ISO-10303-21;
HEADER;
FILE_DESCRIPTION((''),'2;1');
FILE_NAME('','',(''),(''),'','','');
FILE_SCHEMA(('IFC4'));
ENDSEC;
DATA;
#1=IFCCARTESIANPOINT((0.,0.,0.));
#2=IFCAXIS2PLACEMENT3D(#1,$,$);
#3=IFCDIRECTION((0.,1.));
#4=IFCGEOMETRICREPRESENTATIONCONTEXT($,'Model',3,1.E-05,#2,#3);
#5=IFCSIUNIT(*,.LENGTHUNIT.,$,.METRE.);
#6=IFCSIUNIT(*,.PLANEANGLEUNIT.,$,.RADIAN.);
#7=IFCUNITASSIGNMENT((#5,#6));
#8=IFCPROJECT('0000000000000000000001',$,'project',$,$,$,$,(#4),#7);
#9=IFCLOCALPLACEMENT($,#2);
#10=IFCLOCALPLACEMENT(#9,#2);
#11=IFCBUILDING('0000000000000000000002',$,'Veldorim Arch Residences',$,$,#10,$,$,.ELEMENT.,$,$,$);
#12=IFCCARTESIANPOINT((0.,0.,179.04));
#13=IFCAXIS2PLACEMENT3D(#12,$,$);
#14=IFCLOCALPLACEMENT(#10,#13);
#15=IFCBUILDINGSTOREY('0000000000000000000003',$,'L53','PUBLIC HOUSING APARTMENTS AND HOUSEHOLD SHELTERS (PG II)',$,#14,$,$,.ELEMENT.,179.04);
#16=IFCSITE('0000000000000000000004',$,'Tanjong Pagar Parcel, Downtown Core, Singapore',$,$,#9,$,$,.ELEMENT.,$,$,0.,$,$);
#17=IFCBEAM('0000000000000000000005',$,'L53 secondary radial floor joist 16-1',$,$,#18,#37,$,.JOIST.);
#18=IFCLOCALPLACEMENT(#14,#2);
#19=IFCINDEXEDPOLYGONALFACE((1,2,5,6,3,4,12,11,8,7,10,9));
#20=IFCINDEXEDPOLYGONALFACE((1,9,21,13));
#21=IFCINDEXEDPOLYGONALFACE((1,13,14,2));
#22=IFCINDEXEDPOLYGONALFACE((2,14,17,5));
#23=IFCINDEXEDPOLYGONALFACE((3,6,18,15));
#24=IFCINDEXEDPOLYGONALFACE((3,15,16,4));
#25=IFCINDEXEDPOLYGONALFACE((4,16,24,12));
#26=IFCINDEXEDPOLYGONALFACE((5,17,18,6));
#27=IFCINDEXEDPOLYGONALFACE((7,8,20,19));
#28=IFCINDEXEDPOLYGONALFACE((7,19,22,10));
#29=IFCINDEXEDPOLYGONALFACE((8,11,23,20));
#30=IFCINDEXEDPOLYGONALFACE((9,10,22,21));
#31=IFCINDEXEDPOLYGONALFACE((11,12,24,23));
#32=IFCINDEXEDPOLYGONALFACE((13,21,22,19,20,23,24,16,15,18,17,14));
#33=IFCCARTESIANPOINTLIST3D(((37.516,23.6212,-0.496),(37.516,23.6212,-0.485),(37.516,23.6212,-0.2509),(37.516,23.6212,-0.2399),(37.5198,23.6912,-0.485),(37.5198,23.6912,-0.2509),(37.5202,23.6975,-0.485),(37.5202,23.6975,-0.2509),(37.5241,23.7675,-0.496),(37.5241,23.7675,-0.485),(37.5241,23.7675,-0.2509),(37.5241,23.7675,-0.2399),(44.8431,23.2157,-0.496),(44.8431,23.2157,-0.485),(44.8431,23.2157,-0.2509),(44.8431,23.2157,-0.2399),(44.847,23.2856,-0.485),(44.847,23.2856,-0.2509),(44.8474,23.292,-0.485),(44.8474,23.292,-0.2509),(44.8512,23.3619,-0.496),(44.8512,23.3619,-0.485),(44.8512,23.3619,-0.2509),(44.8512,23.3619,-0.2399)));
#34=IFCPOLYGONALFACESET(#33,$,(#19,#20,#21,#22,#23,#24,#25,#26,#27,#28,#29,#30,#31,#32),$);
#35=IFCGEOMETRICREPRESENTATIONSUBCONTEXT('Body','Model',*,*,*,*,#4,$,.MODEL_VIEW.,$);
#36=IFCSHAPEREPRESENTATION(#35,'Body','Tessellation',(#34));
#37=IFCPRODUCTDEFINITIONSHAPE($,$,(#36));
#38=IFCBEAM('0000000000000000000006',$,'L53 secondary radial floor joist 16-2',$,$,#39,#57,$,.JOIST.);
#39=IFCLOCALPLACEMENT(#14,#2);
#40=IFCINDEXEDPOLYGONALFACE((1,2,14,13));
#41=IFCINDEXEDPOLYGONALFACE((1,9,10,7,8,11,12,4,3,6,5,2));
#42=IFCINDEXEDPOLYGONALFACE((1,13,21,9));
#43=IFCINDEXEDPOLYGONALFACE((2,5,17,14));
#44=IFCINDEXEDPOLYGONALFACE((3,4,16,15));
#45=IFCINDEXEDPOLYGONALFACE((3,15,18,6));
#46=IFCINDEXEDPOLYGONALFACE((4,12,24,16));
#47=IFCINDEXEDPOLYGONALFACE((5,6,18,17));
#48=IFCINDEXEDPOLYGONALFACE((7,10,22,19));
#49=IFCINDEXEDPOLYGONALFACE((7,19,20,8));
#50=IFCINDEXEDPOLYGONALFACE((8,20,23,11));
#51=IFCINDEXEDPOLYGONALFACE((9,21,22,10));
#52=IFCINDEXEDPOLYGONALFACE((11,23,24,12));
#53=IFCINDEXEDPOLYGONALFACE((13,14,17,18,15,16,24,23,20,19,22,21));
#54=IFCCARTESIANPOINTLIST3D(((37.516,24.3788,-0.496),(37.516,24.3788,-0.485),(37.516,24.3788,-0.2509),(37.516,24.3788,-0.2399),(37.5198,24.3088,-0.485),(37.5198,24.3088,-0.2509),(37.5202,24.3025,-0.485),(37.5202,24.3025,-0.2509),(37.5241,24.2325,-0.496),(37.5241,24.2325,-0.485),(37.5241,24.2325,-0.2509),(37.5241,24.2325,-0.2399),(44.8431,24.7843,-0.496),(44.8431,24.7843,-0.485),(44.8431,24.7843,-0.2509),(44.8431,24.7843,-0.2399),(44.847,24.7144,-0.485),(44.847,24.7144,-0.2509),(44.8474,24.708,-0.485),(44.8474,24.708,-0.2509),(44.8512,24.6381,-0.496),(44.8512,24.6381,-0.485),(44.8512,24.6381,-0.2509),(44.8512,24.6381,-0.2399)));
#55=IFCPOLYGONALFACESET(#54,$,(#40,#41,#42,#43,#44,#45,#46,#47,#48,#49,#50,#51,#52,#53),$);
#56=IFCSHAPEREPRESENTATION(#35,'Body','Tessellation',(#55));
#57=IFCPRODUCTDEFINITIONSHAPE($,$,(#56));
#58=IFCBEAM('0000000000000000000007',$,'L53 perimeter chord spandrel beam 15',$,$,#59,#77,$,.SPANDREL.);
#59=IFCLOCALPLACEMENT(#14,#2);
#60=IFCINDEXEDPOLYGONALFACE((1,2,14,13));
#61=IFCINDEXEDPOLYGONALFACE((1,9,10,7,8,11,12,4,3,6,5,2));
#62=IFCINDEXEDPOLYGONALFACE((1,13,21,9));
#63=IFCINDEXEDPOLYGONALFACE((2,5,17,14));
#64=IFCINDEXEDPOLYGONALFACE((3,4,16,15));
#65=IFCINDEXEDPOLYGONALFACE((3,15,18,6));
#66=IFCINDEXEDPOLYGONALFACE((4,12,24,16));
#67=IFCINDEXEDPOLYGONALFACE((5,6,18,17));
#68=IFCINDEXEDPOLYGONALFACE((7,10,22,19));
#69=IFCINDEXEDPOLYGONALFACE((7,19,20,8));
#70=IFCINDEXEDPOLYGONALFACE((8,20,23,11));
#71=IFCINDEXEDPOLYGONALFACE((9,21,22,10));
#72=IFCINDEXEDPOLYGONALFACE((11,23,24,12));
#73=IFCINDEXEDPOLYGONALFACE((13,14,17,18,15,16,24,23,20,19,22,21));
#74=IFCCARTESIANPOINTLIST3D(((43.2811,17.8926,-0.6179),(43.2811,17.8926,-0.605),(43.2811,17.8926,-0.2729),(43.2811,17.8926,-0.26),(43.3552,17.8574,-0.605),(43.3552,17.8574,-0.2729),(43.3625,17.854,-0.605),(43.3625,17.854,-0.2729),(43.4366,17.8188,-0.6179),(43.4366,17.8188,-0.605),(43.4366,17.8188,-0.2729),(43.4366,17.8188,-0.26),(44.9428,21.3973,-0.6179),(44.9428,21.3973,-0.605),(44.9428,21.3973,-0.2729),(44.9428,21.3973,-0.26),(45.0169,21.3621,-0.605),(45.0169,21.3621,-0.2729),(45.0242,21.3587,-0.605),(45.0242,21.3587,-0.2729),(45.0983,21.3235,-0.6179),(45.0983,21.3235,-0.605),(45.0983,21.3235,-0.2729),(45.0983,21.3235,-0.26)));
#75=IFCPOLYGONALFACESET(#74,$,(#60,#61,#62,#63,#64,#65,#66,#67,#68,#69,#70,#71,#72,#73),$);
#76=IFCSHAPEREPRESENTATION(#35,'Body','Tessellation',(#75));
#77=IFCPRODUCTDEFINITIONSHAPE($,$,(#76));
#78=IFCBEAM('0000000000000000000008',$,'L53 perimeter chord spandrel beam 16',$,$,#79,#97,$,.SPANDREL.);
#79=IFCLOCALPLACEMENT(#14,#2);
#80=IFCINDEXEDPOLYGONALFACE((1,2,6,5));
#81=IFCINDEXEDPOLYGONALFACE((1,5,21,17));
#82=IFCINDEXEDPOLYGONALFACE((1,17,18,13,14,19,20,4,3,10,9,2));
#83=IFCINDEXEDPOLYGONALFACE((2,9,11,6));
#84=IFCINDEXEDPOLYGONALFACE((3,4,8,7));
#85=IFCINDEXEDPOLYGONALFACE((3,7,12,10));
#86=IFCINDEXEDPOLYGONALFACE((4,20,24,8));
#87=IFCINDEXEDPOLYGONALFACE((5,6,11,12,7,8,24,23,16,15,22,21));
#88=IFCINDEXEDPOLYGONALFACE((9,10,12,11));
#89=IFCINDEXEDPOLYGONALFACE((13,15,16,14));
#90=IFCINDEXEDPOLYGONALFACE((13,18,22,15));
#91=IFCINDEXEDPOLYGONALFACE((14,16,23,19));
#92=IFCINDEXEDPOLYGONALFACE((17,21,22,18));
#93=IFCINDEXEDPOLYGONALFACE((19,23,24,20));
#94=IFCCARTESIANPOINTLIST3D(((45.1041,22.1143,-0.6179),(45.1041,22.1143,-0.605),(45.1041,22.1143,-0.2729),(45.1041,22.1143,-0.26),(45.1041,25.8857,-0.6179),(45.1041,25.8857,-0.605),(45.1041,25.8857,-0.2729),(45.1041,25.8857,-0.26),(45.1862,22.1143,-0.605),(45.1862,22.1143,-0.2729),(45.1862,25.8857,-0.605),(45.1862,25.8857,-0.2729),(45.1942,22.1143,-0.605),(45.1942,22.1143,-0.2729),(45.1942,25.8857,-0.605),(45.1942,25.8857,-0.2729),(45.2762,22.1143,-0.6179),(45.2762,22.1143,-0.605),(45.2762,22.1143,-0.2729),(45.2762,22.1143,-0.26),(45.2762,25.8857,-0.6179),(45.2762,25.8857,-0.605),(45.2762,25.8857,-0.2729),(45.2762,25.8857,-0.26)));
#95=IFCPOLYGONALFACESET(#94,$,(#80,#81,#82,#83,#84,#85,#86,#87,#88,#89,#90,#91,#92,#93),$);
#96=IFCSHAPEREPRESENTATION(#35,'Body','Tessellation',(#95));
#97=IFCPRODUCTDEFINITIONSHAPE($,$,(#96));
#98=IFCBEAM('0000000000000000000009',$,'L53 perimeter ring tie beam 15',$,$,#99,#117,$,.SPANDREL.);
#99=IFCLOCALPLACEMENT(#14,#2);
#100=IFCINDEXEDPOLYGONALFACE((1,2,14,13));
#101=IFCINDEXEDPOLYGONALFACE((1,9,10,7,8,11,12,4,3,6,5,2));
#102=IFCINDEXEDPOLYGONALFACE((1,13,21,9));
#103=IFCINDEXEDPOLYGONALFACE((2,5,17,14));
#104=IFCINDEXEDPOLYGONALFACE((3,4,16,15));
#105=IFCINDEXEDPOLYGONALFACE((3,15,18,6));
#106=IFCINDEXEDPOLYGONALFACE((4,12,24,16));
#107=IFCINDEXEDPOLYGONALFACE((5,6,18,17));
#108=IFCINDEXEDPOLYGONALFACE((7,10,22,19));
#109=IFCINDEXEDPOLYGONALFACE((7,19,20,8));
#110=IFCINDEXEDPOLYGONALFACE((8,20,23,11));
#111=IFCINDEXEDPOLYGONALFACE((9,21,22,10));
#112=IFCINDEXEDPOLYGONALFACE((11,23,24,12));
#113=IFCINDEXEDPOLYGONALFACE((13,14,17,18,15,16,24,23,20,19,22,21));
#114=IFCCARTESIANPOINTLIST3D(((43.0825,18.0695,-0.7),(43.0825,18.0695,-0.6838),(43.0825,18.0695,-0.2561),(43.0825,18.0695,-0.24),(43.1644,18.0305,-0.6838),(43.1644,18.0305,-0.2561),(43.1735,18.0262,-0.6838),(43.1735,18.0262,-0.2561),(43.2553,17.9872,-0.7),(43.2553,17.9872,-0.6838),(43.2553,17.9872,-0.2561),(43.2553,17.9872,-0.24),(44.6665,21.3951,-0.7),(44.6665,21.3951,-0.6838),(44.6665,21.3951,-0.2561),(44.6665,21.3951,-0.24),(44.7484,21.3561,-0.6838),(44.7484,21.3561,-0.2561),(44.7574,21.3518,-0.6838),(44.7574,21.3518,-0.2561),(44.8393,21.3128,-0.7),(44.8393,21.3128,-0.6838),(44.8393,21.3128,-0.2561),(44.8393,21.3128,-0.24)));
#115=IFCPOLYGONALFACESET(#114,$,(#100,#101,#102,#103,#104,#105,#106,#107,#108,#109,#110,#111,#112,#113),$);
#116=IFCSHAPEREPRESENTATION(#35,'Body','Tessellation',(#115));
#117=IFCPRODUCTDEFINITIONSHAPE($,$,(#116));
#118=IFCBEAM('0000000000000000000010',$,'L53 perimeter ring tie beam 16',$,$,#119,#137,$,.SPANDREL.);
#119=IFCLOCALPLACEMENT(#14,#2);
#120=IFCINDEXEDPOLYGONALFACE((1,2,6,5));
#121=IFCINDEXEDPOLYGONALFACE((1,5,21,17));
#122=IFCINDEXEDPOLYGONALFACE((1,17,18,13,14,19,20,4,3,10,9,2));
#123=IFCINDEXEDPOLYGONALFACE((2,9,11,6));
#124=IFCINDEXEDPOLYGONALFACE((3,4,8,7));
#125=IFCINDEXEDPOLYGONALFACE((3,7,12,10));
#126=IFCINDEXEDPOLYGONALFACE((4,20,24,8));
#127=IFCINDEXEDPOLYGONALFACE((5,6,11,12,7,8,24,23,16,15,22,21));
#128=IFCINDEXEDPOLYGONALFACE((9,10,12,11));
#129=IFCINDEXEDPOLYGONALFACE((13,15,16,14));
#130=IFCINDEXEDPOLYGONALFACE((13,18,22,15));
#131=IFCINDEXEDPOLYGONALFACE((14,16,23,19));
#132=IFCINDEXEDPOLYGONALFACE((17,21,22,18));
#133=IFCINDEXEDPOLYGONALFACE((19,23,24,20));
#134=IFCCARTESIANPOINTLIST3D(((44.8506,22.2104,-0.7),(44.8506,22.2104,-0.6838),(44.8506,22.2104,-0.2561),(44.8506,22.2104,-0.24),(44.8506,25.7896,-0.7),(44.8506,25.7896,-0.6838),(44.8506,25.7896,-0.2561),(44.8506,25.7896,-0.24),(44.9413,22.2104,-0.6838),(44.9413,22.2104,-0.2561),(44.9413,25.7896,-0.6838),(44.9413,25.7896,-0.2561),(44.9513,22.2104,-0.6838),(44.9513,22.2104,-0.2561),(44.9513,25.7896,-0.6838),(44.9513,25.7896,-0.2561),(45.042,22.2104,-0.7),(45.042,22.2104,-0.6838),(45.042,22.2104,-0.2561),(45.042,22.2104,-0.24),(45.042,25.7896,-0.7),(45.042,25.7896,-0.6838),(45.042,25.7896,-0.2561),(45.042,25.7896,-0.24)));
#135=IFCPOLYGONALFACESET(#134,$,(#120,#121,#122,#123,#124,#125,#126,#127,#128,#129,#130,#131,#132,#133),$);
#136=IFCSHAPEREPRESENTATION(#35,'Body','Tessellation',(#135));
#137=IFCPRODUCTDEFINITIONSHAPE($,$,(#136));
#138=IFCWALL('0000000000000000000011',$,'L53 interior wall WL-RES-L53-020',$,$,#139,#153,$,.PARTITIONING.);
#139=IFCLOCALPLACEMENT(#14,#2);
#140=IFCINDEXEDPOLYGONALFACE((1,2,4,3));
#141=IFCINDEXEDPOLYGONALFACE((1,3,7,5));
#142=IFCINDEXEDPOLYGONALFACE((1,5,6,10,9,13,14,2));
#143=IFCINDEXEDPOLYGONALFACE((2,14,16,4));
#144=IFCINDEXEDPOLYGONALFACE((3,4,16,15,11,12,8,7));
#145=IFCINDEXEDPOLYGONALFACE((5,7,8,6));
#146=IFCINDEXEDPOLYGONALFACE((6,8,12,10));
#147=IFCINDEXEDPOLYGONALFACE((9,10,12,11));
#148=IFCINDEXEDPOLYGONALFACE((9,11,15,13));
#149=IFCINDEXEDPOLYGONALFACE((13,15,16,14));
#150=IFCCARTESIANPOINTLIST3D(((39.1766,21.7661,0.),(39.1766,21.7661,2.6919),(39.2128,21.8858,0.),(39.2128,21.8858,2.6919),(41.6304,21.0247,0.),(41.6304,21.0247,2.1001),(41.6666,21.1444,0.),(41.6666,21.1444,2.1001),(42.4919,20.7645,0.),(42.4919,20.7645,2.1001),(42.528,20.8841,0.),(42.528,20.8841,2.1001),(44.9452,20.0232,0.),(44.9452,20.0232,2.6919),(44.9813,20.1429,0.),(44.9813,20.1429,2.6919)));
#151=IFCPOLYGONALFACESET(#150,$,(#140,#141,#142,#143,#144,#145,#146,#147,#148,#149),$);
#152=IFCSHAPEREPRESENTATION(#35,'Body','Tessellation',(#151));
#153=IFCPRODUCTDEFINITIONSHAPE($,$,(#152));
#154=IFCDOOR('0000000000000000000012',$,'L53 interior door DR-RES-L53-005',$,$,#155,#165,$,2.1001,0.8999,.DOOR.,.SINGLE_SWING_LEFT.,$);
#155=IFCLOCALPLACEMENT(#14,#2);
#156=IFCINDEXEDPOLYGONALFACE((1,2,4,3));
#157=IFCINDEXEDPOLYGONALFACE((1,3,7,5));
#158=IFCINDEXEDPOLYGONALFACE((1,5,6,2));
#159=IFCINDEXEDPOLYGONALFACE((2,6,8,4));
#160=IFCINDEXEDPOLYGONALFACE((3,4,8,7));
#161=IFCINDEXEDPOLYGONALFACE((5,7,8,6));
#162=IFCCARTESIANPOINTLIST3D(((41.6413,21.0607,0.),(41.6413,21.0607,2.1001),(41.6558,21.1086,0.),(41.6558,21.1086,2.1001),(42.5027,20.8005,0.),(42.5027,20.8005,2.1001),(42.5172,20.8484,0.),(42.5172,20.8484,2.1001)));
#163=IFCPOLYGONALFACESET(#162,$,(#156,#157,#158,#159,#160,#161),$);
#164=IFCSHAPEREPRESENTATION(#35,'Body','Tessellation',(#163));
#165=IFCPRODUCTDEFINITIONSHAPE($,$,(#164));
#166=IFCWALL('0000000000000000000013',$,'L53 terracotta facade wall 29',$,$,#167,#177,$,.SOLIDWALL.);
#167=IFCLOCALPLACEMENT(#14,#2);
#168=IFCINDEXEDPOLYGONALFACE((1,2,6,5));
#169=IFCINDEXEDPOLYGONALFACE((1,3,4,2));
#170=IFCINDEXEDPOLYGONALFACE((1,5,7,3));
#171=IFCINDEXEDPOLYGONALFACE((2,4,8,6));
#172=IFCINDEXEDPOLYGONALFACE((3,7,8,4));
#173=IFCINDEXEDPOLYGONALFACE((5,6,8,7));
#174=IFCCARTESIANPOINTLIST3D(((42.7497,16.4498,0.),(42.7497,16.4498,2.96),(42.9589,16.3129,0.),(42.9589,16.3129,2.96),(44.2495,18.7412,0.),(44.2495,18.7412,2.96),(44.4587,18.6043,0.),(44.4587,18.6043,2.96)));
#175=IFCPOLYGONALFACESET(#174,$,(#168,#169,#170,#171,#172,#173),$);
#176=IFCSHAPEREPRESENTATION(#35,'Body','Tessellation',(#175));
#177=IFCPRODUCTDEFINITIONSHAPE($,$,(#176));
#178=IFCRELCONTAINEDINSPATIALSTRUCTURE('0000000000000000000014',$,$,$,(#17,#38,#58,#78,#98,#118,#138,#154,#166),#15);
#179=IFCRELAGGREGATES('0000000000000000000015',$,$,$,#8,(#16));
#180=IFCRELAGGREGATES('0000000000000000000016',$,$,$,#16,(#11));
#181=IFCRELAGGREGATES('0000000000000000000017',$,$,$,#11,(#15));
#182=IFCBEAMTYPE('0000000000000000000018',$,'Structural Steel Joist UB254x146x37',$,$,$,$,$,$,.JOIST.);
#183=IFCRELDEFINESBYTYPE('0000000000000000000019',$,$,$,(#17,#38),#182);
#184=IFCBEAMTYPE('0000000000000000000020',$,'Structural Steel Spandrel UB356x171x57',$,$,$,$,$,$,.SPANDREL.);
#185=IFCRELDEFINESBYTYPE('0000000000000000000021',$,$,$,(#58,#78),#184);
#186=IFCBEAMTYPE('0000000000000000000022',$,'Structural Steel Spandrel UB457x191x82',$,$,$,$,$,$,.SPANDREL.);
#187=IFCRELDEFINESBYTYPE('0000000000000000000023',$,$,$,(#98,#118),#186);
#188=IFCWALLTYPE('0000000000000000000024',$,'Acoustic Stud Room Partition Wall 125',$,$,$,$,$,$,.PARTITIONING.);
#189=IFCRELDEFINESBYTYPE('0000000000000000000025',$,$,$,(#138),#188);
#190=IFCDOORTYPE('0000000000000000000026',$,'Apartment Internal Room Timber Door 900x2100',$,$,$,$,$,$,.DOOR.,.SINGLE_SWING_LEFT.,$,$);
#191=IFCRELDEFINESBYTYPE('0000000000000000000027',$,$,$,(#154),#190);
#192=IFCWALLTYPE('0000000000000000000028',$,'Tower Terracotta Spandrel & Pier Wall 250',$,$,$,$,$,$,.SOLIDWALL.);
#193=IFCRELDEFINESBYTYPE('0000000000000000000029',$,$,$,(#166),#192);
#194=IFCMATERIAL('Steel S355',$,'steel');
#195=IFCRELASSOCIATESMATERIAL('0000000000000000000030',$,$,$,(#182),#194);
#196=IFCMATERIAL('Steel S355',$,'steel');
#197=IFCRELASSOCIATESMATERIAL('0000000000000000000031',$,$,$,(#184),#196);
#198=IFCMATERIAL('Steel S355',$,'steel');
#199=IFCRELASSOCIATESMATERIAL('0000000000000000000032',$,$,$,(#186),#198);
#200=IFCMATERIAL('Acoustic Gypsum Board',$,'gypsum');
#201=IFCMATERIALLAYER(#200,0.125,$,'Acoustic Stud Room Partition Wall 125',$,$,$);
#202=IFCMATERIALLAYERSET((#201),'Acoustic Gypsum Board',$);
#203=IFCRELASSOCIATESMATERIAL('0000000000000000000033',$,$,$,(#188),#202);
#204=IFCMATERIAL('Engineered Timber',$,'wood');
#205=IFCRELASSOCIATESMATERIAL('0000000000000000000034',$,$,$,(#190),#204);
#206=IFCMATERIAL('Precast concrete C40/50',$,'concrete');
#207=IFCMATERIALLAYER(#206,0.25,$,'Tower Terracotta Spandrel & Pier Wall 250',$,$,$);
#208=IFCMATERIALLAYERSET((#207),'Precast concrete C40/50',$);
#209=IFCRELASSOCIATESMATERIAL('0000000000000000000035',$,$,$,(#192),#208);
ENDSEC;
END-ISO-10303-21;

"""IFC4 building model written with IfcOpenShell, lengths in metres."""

from ifc_helpers import new_model, si_unit, direction, frame, frame_2d, origin, origin_2d, place, context, subcontext, project, spatial, rectangle, i_section, extrude, material, layer, layer_set, material_profile, profile_set, type_object, element, fill, save


model = new_model("IFC4")

# Units and contexts
model_context = context("Model", 3, precision=1e-05, world=origin(), true_north=direction((0.0, 1.0)))
body_context = subcontext(model_context, "Body", "Model", "MODEL_VIEW")
ifc_project = project(units=[si_unit("LENGTHUNIT", "METRE"), si_unit("PLANEANGLEUNIT", "RADIAN")], contexts=[model_context])

# Site, building, storey
site_placement = place(None, origin())
site = spatial("IfcSite", under=ifc_project, at=site_placement, Name="Tanjong Pagar Parcel, Downtown Core, Singapore", CompositionType="ELEMENT", RefElevation=0.0)
building_placement = place(site_placement, origin())
building = spatial("IfcBuilding", under=site, at=building_placement, Name="Veldorim Arch Residences", CompositionType="ELEMENT")
storey_placement = place(building_placement, frame((0.0, 0.0, 179.04)))
storey = spatial("IfcBuildingStorey", under=building, at=storey_placement, Name="L53", Description="PUBLIC HOUSING APARTMENTS AND HOUSEHOLD SHELTERS (PG II)", CompositionType="ELEMENT", Elevation=179.04)

# Beams
ifc_material_1 = material(Name="Steel S355", Category="steel")
ifc_material_profile_1 = material_profile(ifc_material_1, i_section(OverallWidth=0.1465, OverallDepth=0.2561, WebThickness=0.0063, FlangeThickness=0.011, at=origin_2d()), Name="UB254x146x37")
ifc_profile_set_1 = profile_set([ifc_material_profile_1], Name="Steel S355")
beam_type_1 = type_object("IfcBeamType", Name="Structural Steel Joist UB254x146x37", PredefinedType="JOIST", material=ifc_profile_set_1)
for number, where, z_axis, x_axis, name in (
    (1, (37.52, 23.6943, -0.3679), (0.998472, -0.05526, 0.0), (0.05526, 0.998472, 0.0), "L53 secondary radial floor joist 16-1"),
    (2, (37.52, 24.3057, -0.3679), (0.998472, 0.05526, 0.0), (-0.05526, 0.998472, 0.0), "L53 secondary radial floor joist 16-2"),
):
    element("IfcBeam", number, at=place(storey_placement, frame(where, z_axis=z_axis, x_axis=x_axis)), inside=storey, type_object=beam_type_1, Name=name, PredefinedType="JOIST", context=body_context, shape_type="SweptSolid", body=[
        extrude(i_section(OverallWidth=0.1465, OverallDepth=0.2561, WebThickness=0.0063, FlangeThickness=0.011, at=origin_2d()), origin(), (0.0, 0.0, 1.0), 7.3384),
    ])
ifc_material_2 = material(Name="Steel S355", Category="steel")
ifc_material_profile_2 = material_profile(ifc_material_2, i_section(OverallWidth=0.1721, OverallDepth=0.3579, WebThickness=0.0081, FlangeThickness=0.0129, at=origin_2d()), Name="UB356x171x57")
ifc_profile_set_2 = profile_set([ifc_material_profile_2], Name="Steel S355")
beam_type_2 = type_object("IfcBeamType", Name="Structural Steel Spandrel UB356x171x57", PredefinedType="SPANDREL", material=ifc_profile_set_2)
beam_1_placement = place(storey_placement, frame((43.3589, 17.8557, -0.439), z_axis=(0.428408, 0.903585, 0.0), x_axis=(-0.903585, 0.428408, 0.0)))
element("IfcBeam", 3, at=beam_1_placement, inside=storey, type_object=beam_type_2, Name="L53 perimeter chord spandrel beam 15", PredefinedType="SPANDREL", context=body_context, shape_type="SweptSolid", body=[
    extrude(i_section(OverallWidth=0.1721, OverallDepth=0.3579, WebThickness=0.0081, FlangeThickness=0.0129, at=origin_2d()), origin(), (0.0, 0.0, 1.0), 3.8787),
])
beam_2_placement = place(storey_placement, frame((45.1902, 22.1143, -0.439), z_axis=(0.0, 1.0, 0.0), x_axis=(-1.0, 0.0, 0.0)))
element("IfcBeam", 4, at=beam_2_placement, inside=storey, type_object=beam_type_2, Name="L53 perimeter chord spandrel beam 16", PredefinedType="SPANDREL", context=body_context, shape_type="SweptSolid", body=[
    extrude(i_section(OverallWidth=0.1721, OverallDepth=0.3579, WebThickness=0.0081, FlangeThickness=0.0129, at=origin_2d()), origin(), (0.0, 0.0, 1.0), 3.7715),
])
ifc_material_3 = material(Name="Steel S355", Category="steel")
ifc_material_profile_3 = material_profile(ifc_material_3, i_section(OverallWidth=0.1914, OverallDepth=0.46, WebThickness=0.01, FlangeThickness=0.0161, at=origin_2d()), Name="UB457x191x82")
ifc_profile_set_3 = profile_set([ifc_material_profile_3], Name="Steel S355")
beam_type_3 = type_object("IfcBeamType", Name="Structural Steel Spandrel UB457x191x82", PredefinedType="SPANDREL", material=ifc_profile_set_3)
beam_3_placement = place(storey_placement, frame((43.1689, 18.0283, -0.47), z_axis=(0.430006, 0.902826, 0.0), x_axis=(-0.902826, 0.430006, 0.0)))
element("IfcBeam", 5, at=beam_3_placement, inside=storey, type_object=beam_type_3, Name="L53 perimeter ring tie beam 15", PredefinedType="SPANDREL", context=body_context, shape_type="SweptSolid", body=[
    extrude(i_section(OverallWidth=0.1914, OverallDepth=0.46, WebThickness=0.01, FlangeThickness=0.0161, at=origin_2d()), origin(), (0.0, 0.0, 1.0), 3.6836),
])
beam_4_placement = place(storey_placement, frame((44.9463, 22.2104, -0.47), z_axis=(0.0, 1.0, 0.0), x_axis=(-1.0, 0.0, 0.0)))
element("IfcBeam", 6, at=beam_4_placement, inside=storey, type_object=beam_type_3, Name="L53 perimeter ring tie beam 16", PredefinedType="SPANDREL", context=body_context, shape_type="SweptSolid", body=[
    extrude(i_section(OverallWidth=0.1914, OverallDepth=0.46, WebThickness=0.01, FlangeThickness=0.0161, at=origin_2d()), origin(), (0.0, 0.0, 1.0), 3.5791),
])

# Wall, opening, door
ifc_material_4 = material(Name="Acoustic Gypsum Board", Category="gypsum")
ifc_layer_1 = layer(ifc_material_4, 0.125, Name="Acoustic Stud Room Partition Wall 125")
ifc_layer_set_1 = layer_set([ifc_layer_1], Name="Acoustic Gypsum Board")
wall_type_1 = type_object("IfcWallType", Name="Acoustic Stud Room Partition Wall 125", PredefinedType="PARTITIONING", material=ifc_layer_set_1)
wall_1_placement = place(storey_placement, frame((44.9634, 20.083, 0.0), z_axis=(0.0, 0.0, 1.0), x_axis=(-0.95726, 0.289228, 0.0)))
wall_1 = element("IfcWall", 7, at=wall_1_placement, inside=storey, type_object=wall_type_1, Name="L53 interior wall WL-RES-L53-020", PredefinedType="PARTITIONING", context=body_context, shape_type="SweptSolid", body=[
    extrude(rectangle(XDim=6.0261, YDim=0.125, at=frame_2d((3.0132, 0.0))), origin(), (0.0, 0.0, 1.0), 2.6919),
])
opening_1_placement = place(wall_1_placement, frame((2.563, 0.0, 0.0)))
opening_1 = element("IfcOpeningElement", 8, at=opening_1_placement, cuts=wall_1, PredefinedType="OPENING", context=body_context, shape_type="SweptSolid", body=[
    extrude(rectangle(XDim=0.8999, YDim=2.1001, at=frame_2d((0.45, 1.05))), frame((0.0, 0.0725, 0.0), z_axis=(0.0, -1.0, 0.0), x_axis=(1.0, 0.0, 0.0)), (0.0, 0.0, 1.0), 0.145),
])
ifc_material_5 = material(Name="Engineered Timber", Category="wood")
door_type_1 = type_object("IfcDoorType", Name="Apartment Internal Room Timber Door 900x2100", OperationType="SINGLE_SWING_LEFT", PredefinedType="DOOR", material=ifc_material_5)
door_1_placement = place(opening_1_placement, origin())
door_1 = element("IfcDoor", 9, at=door_1_placement, inside=storey, type_object=door_type_1, Name="L53 interior door DR-RES-L53-005", OperationType="SINGLE_SWING_LEFT", OverallHeight=2.1001, OverallWidth=0.8999, PredefinedType="DOOR", context=body_context, shape_type="SweptSolid", body=[
    extrude(rectangle(XDim=0.8999, YDim=2.1001, at=frame_2d((0.45, 1.05))), frame((0.0, 0.0249, 0.0), z_axis=(0.0, -1.0, 0.0), x_axis=(1.0, 0.0, 0.0)), (0.0, 0.0, 1.0), 0.05),
])
fill(opening_1, door_1)

# Wall
ifc_material_6 = material(Name="Precast concrete C40/50", Category="concrete")
ifc_layer_2 = layer(ifc_material_6, 0.25, Name="Tower Terracotta Spandrel & Pier Wall 250")
ifc_layer_set_2 = layer_set([ifc_layer_2], Name="Precast concrete C40/50")
wall_type_2 = type_object("IfcWallType", Name="Tower Terracotta Spandrel & Pier Wall 250", PredefinedType="SOLIDWALL", material=ifc_layer_set_2)
wall_2_placement = place(storey_placement, frame((44.354, 18.6726, 0.0), z_axis=(0.0, 0.0, 1.0), x_axis=(-0.547665, -0.836698, 0.0)))
element("IfcWall", 10, at=wall_2_placement, inside=storey, type_object=wall_type_2, Name="L53 terracotta facade wall 29", PredefinedType="SOLIDWALL", context=body_context, shape_type="SweptSolid", body=[
    extrude(rectangle(XDim=2.7385, YDim=0.25, at=frame_2d((1.3691, 0.0))), origin(), (0.0, 0.0, 1.0), 2.96),
])

save(model, "model.ifc")
